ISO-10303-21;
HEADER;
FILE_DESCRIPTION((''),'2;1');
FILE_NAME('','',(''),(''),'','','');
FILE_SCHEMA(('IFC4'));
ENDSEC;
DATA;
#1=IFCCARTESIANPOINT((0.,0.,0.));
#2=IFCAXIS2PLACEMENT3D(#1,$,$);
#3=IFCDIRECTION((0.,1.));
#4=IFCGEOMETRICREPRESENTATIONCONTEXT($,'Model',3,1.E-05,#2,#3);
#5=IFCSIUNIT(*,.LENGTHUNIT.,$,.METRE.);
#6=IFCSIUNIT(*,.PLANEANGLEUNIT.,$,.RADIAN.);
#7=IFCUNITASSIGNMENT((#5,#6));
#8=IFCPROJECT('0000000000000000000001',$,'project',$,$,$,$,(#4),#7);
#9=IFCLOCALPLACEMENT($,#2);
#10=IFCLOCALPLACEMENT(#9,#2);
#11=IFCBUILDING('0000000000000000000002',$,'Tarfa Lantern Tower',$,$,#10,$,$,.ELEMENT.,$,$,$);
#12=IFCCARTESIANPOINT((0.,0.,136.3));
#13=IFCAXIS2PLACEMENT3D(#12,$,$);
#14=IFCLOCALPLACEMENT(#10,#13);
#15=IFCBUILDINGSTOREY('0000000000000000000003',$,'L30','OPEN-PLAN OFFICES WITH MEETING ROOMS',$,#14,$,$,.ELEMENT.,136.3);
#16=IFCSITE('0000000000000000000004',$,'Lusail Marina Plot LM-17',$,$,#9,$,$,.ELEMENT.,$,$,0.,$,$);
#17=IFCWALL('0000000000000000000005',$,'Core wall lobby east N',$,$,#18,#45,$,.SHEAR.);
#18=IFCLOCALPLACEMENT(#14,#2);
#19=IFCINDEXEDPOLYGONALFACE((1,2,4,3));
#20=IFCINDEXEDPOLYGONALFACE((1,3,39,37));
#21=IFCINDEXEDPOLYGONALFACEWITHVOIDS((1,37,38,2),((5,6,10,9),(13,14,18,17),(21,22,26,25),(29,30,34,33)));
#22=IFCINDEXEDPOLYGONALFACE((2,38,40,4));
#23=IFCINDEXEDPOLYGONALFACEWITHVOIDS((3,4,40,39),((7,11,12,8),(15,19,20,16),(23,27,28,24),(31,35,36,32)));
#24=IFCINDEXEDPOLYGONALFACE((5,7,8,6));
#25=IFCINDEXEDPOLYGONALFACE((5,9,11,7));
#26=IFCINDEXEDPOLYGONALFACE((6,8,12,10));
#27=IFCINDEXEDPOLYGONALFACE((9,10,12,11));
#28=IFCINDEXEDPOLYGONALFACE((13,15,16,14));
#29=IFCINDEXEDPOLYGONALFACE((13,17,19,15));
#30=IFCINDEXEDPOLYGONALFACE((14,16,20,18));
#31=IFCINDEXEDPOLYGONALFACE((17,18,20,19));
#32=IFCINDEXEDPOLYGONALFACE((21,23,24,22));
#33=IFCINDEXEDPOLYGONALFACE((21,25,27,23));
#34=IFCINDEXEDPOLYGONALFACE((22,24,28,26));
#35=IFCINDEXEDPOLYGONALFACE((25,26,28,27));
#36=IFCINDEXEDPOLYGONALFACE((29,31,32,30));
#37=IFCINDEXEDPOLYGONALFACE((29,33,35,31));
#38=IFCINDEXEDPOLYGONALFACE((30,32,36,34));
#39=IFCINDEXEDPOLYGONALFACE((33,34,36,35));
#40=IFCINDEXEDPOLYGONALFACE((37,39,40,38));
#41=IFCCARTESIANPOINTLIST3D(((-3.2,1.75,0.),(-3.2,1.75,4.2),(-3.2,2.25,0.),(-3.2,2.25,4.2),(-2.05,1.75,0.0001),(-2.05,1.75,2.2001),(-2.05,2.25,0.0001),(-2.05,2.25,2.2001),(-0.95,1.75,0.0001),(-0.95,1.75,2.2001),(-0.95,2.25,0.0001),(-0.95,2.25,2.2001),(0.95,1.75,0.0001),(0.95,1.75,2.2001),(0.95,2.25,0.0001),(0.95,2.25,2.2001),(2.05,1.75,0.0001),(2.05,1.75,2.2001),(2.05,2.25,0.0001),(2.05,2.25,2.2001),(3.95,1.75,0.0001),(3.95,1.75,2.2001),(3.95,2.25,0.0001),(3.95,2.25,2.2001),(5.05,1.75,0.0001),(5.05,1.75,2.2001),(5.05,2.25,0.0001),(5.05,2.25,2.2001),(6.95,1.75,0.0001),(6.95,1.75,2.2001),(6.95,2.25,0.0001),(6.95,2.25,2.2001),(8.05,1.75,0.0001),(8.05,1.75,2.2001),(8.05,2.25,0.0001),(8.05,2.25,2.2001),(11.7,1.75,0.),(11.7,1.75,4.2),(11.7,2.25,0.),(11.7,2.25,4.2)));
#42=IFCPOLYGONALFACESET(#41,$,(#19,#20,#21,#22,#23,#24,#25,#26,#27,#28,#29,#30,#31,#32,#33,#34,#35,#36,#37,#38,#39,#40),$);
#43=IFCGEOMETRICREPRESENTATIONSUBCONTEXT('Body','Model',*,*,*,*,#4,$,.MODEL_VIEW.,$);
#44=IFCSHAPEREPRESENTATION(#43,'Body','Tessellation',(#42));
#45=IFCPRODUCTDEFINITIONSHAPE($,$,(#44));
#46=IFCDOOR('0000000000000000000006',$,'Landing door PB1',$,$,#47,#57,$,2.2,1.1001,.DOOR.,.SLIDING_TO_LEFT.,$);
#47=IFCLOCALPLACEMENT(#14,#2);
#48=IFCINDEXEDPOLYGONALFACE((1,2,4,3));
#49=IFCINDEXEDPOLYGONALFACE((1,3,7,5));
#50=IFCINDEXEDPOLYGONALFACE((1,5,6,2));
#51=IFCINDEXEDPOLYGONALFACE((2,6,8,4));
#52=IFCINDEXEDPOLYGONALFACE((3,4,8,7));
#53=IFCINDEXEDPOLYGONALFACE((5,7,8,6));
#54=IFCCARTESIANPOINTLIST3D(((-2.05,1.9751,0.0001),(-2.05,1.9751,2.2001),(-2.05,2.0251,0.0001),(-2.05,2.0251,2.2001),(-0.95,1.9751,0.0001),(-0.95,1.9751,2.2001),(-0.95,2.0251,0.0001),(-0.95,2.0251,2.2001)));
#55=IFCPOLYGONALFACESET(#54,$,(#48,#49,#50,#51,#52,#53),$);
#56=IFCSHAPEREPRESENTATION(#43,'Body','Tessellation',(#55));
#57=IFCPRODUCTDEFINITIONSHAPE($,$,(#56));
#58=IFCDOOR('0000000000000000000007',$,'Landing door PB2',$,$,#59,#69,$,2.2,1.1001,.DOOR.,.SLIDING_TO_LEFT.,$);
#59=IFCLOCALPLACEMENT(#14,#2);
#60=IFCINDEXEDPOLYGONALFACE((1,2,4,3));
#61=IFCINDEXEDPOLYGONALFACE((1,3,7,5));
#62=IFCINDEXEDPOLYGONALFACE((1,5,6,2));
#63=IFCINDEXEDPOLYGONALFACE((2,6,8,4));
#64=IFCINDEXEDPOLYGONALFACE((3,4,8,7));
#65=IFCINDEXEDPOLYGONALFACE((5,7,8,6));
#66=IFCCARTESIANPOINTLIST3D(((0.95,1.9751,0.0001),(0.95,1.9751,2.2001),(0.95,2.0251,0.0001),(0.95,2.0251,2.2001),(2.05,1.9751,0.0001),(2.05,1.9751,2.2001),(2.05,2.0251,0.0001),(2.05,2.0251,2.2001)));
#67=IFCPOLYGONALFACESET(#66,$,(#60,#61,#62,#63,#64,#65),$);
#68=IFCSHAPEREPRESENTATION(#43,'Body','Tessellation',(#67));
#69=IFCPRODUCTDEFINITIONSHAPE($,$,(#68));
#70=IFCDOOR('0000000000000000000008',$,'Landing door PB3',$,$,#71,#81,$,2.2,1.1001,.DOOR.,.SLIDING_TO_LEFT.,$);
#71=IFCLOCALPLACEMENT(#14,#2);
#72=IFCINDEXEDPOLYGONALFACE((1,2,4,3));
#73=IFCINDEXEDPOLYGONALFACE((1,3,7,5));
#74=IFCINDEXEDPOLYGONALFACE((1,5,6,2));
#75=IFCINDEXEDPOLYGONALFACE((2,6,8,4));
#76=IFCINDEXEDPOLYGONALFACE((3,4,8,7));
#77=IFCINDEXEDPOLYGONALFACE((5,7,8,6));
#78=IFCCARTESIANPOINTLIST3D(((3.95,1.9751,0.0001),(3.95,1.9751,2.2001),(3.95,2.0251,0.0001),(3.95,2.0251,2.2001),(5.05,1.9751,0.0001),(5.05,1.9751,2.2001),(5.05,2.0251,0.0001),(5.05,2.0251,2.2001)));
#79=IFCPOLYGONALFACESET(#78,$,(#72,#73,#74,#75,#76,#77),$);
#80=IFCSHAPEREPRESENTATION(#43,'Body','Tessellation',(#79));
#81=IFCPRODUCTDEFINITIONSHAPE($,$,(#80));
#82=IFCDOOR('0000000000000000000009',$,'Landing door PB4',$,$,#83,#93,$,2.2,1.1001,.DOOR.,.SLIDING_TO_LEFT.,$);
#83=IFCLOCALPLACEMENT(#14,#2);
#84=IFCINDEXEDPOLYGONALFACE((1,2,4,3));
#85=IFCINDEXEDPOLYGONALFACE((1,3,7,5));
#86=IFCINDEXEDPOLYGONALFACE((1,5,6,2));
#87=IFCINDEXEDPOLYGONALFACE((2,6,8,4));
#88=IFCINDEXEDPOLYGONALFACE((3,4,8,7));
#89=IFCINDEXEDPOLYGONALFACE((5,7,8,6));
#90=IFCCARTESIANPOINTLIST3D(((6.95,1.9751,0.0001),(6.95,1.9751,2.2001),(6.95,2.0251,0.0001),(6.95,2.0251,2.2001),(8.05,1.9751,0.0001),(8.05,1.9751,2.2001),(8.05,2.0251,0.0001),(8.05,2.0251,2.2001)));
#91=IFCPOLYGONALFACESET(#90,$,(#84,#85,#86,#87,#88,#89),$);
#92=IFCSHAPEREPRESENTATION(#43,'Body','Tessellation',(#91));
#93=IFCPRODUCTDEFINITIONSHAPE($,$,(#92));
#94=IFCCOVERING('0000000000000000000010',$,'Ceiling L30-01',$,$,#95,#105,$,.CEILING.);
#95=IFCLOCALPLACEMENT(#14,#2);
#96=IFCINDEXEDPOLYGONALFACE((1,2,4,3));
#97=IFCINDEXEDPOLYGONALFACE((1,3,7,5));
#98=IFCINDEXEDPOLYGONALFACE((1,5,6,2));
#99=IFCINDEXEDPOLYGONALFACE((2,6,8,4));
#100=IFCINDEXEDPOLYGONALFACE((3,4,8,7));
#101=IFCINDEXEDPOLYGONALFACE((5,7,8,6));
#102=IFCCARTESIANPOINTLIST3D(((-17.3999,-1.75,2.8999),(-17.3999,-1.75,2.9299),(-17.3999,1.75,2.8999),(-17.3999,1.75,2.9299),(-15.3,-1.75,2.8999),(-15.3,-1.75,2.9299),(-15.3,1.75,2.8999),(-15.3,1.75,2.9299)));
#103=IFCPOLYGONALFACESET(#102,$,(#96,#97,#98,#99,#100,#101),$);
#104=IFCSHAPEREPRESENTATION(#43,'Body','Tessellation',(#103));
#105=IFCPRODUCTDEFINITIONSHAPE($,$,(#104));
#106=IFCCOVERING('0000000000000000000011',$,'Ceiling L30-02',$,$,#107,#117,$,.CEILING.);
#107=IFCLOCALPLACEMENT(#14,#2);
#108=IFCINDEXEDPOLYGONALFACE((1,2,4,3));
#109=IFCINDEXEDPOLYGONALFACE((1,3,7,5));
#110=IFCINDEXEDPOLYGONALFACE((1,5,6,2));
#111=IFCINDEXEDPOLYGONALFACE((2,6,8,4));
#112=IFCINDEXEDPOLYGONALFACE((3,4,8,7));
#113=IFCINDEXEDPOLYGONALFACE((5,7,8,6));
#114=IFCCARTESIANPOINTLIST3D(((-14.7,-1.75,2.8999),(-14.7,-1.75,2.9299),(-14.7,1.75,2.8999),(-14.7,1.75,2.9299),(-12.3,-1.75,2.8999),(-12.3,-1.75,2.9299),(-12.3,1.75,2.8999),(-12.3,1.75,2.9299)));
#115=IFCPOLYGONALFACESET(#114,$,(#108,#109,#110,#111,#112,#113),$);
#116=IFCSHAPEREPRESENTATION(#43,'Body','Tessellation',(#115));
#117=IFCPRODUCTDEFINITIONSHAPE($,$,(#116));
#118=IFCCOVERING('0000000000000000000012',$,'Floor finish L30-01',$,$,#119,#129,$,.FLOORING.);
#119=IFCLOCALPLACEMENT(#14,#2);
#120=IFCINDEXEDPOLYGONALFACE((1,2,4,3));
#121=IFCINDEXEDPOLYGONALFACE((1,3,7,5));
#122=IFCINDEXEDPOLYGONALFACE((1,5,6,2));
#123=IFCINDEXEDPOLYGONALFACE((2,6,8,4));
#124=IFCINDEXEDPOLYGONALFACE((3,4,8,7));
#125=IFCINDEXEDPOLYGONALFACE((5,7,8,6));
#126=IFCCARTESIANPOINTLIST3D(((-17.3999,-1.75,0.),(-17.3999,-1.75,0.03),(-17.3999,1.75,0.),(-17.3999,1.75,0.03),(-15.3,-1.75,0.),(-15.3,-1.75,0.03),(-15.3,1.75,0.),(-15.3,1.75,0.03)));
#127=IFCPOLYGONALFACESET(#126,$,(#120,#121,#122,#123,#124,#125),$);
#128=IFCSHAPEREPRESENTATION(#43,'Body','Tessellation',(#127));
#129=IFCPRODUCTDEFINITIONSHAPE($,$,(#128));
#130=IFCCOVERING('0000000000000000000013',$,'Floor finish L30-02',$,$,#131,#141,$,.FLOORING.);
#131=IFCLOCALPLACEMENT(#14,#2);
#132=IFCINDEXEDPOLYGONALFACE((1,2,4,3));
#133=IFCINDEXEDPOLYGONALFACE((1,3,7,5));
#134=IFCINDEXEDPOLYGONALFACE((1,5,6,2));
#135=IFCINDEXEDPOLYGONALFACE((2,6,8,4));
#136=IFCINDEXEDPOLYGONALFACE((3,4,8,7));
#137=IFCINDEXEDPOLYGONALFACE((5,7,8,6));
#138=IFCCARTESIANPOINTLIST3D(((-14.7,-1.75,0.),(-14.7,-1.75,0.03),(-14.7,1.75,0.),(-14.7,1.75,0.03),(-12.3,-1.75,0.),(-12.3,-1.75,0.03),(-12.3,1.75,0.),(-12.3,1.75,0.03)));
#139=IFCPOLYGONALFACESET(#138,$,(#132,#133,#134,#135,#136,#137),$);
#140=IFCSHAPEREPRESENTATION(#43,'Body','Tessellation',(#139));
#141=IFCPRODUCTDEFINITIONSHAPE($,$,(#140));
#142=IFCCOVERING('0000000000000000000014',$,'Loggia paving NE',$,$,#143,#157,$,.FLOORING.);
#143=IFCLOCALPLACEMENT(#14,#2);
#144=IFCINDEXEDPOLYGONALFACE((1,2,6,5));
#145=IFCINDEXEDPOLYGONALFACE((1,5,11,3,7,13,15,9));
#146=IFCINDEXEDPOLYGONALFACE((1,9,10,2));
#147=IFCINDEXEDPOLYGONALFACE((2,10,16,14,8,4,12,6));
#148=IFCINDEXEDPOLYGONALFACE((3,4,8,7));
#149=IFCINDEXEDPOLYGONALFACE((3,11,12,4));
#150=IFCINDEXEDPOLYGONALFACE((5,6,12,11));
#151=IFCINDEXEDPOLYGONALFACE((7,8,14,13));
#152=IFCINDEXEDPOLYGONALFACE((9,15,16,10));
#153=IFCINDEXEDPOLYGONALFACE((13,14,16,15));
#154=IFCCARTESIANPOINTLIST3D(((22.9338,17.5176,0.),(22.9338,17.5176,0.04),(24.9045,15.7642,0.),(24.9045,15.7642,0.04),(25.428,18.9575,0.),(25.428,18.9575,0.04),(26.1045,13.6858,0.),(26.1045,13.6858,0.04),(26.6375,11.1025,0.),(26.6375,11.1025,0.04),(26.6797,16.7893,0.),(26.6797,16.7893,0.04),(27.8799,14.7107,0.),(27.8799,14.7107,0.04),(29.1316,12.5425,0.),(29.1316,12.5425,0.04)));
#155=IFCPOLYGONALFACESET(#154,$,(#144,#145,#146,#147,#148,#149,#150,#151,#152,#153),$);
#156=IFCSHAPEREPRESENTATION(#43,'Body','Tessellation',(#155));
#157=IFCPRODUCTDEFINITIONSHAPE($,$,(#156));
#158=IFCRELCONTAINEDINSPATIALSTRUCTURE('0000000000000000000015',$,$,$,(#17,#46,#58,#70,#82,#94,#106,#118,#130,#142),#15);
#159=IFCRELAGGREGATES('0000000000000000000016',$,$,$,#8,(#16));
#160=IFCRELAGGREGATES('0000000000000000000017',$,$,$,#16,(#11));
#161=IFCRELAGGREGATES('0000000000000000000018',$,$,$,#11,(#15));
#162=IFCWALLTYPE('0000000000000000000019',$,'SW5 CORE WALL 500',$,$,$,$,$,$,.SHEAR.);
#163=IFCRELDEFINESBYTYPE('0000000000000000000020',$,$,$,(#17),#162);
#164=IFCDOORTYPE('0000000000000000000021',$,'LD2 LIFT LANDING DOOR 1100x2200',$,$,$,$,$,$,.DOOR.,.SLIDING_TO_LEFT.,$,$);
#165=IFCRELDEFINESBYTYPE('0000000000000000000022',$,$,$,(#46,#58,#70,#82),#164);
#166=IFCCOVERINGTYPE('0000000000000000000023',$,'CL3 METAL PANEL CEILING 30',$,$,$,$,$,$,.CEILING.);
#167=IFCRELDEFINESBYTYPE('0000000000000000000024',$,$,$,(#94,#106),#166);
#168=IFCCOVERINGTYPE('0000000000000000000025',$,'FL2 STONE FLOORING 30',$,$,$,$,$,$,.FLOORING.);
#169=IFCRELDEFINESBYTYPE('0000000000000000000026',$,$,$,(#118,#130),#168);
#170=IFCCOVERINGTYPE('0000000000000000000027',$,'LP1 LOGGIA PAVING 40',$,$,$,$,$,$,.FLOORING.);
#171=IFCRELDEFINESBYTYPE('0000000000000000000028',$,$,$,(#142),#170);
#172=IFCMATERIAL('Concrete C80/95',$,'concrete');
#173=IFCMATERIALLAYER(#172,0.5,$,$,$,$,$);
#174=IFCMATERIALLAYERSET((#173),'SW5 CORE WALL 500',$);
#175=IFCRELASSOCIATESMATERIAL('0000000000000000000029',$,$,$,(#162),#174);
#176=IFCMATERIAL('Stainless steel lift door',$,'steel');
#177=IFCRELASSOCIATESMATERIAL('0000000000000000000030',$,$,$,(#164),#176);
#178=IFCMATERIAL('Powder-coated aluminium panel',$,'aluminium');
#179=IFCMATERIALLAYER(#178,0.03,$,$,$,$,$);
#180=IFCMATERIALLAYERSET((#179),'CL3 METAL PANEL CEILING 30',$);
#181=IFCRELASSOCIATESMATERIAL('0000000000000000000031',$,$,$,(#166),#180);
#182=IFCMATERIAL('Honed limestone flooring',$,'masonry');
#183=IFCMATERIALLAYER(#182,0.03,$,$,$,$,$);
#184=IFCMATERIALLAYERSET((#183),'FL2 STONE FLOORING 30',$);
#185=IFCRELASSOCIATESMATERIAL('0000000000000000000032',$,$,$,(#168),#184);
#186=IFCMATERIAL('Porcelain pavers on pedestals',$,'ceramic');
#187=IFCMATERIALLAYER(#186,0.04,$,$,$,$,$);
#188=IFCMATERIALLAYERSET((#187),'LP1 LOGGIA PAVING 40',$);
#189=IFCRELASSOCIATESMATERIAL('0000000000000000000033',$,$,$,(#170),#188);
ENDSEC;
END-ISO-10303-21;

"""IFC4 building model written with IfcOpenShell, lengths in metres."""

from ifc_helpers import new_model, si_unit, direction, frame, frame_2d, origin, place, context, subcontext, project, spatial, polyline, rectangle, outline, extrude, material, layer, layer_set, type_object, element, fill, save


model = new_model("IFC4")

# Units and contexts
model_context = context("Model", 3, precision=1e-05, world=origin(), true_north=direction((0.0, 1.0)))
body_context = subcontext(model_context, "Body", "Model", "MODEL_VIEW")
ifc_project = project(units=[si_unit("LENGTHUNIT", "METRE"), si_unit("PLANEANGLEUNIT", "RADIAN")], contexts=[model_context])

# Site, building, storey
site_placement = place(None, origin())
site = spatial("IfcSite", under=ifc_project, at=site_placement, Name="Lusail Marina Plot LM-17", CompositionType="ELEMENT", RefElevation=0.0)
building_placement = place(site_placement, origin())
building = spatial("IfcBuilding", under=site, at=building_placement, Name="Tarfa Lantern Tower", CompositionType="ELEMENT")
storey_placement = place(building_placement, frame((0.0, 0.0, 136.3)))
storey = spatial("IfcBuildingStorey", under=building, at=storey_placement, Name="L30", Description="OPEN-PLAN OFFICES WITH MEETING ROOMS", CompositionType="ELEMENT", Elevation=136.3)

# Wall, openings, doors
ifc_material_1 = material(Name="Concrete C80/95", Category="concrete")
ifc_layer_1 = layer(ifc_material_1, 0.5)
ifc_layer_set_1 = layer_set([ifc_layer_1], Name="SW5 CORE WALL 500")
wall_type_1 = type_object("IfcWallType", Name="SW5 CORE WALL 500", PredefinedType="SHEAR", material=ifc_layer_set_1)
wall_1_placement = place(storey_placement, frame((-3.2, 2.0, 0.0), z_axis=(0.0, 0.0, 1.0), x_axis=(1.0, 0.0, 0.0)))
wall_1 = element("IfcWall", 1, at=wall_1_placement, inside=storey, type_object=wall_type_1, Name="Core wall lobby east N", PredefinedType="SHEAR", context=body_context, shape_type="SweptSolid", body=[
    extrude(rectangle(XDim=14.8999, YDim=0.5, at=frame_2d((7.45, 0.0))), origin(), (0.0, 0.0, 1.0), 4.2),
])
opening_1_placement = place(wall_1_placement, frame((1.1499, 0.0, 0.0)))
opening_1 = element("IfcOpeningElement", 2, at=opening_1_placement, cuts=wall_1, PredefinedType="OPENING", context=body_context, shape_type="SweptSolid", body=[
    extrude(rectangle(XDim=1.1001, YDim=2.2, at=frame_2d((0.55, 1.1001))), frame((0.0, 0.26, 0.0), z_axis=(0.0, -1.0, 0.0), x_axis=(1.0, 0.0, 0.0)), (0.0, 0.0, 1.0), 0.52),
])
opening_2_placement = place(wall_1_placement, frame((4.1499, 0.0, 0.0)))
opening_2 = element("IfcOpeningElement", 3, at=opening_2_placement, cuts=wall_1, PredefinedType="OPENING", context=body_context, shape_type="SweptSolid", body=[
    extrude(rectangle(XDim=1.1001, YDim=2.2, at=frame_2d((0.55, 1.1001))), frame((0.0, 0.26, 0.0), z_axis=(0.0, -1.0, 0.0), x_axis=(1.0, 0.0, 0.0)), (0.0, 0.0, 1.0), 0.52),
])
opening_3_placement = place(wall_1_placement, frame((7.1499, 0.0, 0.0)))
opening_3 = element("IfcOpeningElement", 4, at=opening_3_placement, cuts=wall_1, PredefinedType="OPENING", context=body_context, shape_type="SweptSolid", body=[
    extrude(rectangle(XDim=1.1001, YDim=2.2, at=frame_2d((0.55, 1.1001))), frame((0.0, 0.26, 0.0), z_axis=(0.0, -1.0, 0.0), x_axis=(1.0, 0.0, 0.0)), (0.0, 0.0, 1.0), 0.52),
])
opening_4_placement = place(wall_1_placement, frame((10.1499, 0.0, 0.0)))
opening_4 = element("IfcOpeningElement", 5, at=opening_4_placement, cuts=wall_1, PredefinedType="OPENING", context=body_context, shape_type="SweptSolid", body=[
    extrude(rectangle(XDim=1.1001, YDim=2.2, at=frame_2d((0.55, 1.1001))), frame((0.0, 0.26, 0.0), z_axis=(0.0, -1.0, 0.0), x_axis=(1.0, 0.0, 0.0)), (0.0, 0.0, 1.0), 0.52),
])
ifc_material_2 = material(Name="Stainless steel lift door", Category="steel")
door_type = type_object("IfcDoorType", Name="LD2 LIFT LANDING DOOR 1100x2200", OperationType="SLIDING_TO_LEFT", PredefinedType="DOOR", material=ifc_material_2)
door_1_placement = place(opening_1_placement, frame((1.1001, 0.0, 0.0), z_axis=(0.0, 0.0, 1.0), x_axis=(-1.0, 0.0, 0.0)))
door_1 = element("IfcDoor", 6, at=door_1_placement, inside=storey, type_object=door_type, Name="Landing door PB1", OperationType="SLIDING_TO_LEFT", OverallHeight=2.2, OverallWidth=1.1001, PredefinedType="DOOR", context=body_context, shape_type="SweptSolid", body=[
    extrude(rectangle(XDim=1.1001, YDim=2.2, at=frame_2d((0.55, 1.1001))), frame((0.0, 0.0249, 0.0), z_axis=(0.0, -1.0, 0.0), x_axis=(1.0, 0.0, 0.0)), (0.0, 0.0, 1.0), 0.05),
])
fill(opening_1, door_1)
door_2_placement = place(opening_2_placement, frame((1.1001, 0.0, 0.0), z_axis=(0.0, 0.0, 1.0), x_axis=(-1.0, 0.0, 0.0)))
door_2 = element("IfcDoor", 7, at=door_2_placement, inside=storey, type_object=door_type, Name="Landing door PB2", OperationType="SLIDING_TO_LEFT", OverallHeight=2.2, OverallWidth=1.1001, PredefinedType="DOOR", context=body_context, shape_type="SweptSolid", body=[
    extrude(rectangle(XDim=1.1001, YDim=2.2, at=frame_2d((0.55, 1.1001))), frame((0.0, 0.0249, 0.0), z_axis=(0.0, -1.0, 0.0), x_axis=(1.0, 0.0, 0.0)), (0.0, 0.0, 1.0), 0.05),
])
fill(opening_2, door_2)
door_3_placement = place(opening_3_placement, frame((1.1001, 0.0, 0.0), z_axis=(0.0, 0.0, 1.0), x_axis=(-1.0, 0.0, 0.0)))
door_3 = element("IfcDoor", 8, at=door_3_placement, inside=storey, type_object=door_type, Name="Landing door PB3", OperationType="SLIDING_TO_LEFT", OverallHeight=2.2, OverallWidth=1.1001, PredefinedType="DOOR", context=body_context, shape_type="SweptSolid", body=[
    extrude(rectangle(XDim=1.1001, YDim=2.2, at=frame_2d((0.55, 1.1001))), frame((0.0, 0.0249, 0.0), z_axis=(0.0, -1.0, 0.0), x_axis=(1.0, 0.0, 0.0)), (0.0, 0.0, 1.0), 0.05),
])
fill(opening_3, door_3)
door_4_placement = place(opening_4_placement, frame((1.1001, 0.0, 0.0), z_axis=(0.0, 0.0, 1.0), x_axis=(-1.0, 0.0, 0.0)))
door_4 = element("IfcDoor", 9, at=door_4_placement, inside=storey, type_object=door_type, Name="Landing door PB4", OperationType="SLIDING_TO_LEFT", OverallHeight=2.2, OverallWidth=1.1001, PredefinedType="DOOR", context=body_context, shape_type="SweptSolid", body=[
    extrude(rectangle(XDim=1.1001, YDim=2.2, at=frame_2d((0.55, 1.1001))), frame((0.0, 0.0249, 0.0), z_axis=(0.0, -1.0, 0.0), x_axis=(1.0, 0.0, 0.0)), (0.0, 0.0, 1.0), 0.05),
])
fill(opening_4, door_4)

# Coverings
ifc_material_3 = material(Name="Powder-coated aluminium panel", Category="aluminium")
ifc_layer_2 = layer(ifc_material_3, 0.03)
ifc_layer_set_2 = layer_set([ifc_layer_2], Name="CL3 METAL PANEL CEILING 30")
covering_type_1 = type_object("IfcCoveringType", Name="CL3 METAL PANEL CEILING 30", PredefinedType="CEILING", material=ifc_layer_set_2)
covering_1_placement = place(storey_placement, frame((0.0, 0.0, 2.8999)))
element("IfcCovering", 10, at=covering_1_placement, inside=storey, type_object=covering_type_1, Name="Ceiling L30-01", PredefinedType="CEILING", context=body_context, shape_type="SweptSolid", body=[
    extrude(outline(polyline([(-17.3999, -1.75), (-15.3, -1.75), (-15.3, 1.75), (-17.3999, 1.75), (-17.3999, -1.75)])), origin(), (0.0, 0.0, 1.0), 0.03),
])
covering_2_placement = place(storey_placement, frame((0.0, 0.0, 2.8999)))
element("IfcCovering", 11, at=covering_2_placement, inside=storey, type_object=covering_type_1, Name="Ceiling L30-02", PredefinedType="CEILING", context=body_context, shape_type="SweptSolid", body=[
    extrude(outline(polyline([(-14.7, -1.75), (-12.3, -1.75), (-12.3, 1.75), (-14.7, 1.75), (-14.7, -1.75)])), origin(), (0.0, 0.0, 1.0), 0.03),
])
ifc_material_4 = material(Name="Honed limestone flooring", Category="masonry")
ifc_layer_3 = layer(ifc_material_4, 0.03)
ifc_layer_set_3 = layer_set([ifc_layer_3], Name="FL2 STONE FLOORING 30")
covering_type_2 = type_object("IfcCoveringType", Name="FL2 STONE FLOORING 30", PredefinedType="FLOORING", material=ifc_layer_set_3)
covering_3_placement = place(storey_placement, origin())
element("IfcCovering", 12, at=covering_3_placement, inside=storey, type_object=covering_type_2, Name="Floor finish L30-01", PredefinedType="FLOORING", context=body_context, shape_type="SweptSolid", body=[
    extrude(outline(polyline([(-17.3999, -1.75), (-15.3, -1.75), (-15.3, 1.75), (-17.3999, 1.75), (-17.3999, -1.75)])), origin(), (0.0, 0.0, 1.0), 0.03),
])
covering_4_placement = place(storey_placement, origin())
element("IfcCovering", 13, at=covering_4_placement, inside=storey, type_object=covering_type_2, Name="Floor finish L30-02", PredefinedType="FLOORING", context=body_context, shape_type="SweptSolid", body=[
    extrude(outline(polyline([(-14.7, -1.75), (-12.3, -1.75), (-12.3, 1.75), (-14.7, 1.75), (-14.7, -1.75)])), origin(), (0.0, 0.0, 1.0), 0.03),
])
ifc_material_5 = material(Name="Porcelain pavers on pedestals", Category="ceramic")
ifc_layer_4 = layer(ifc_material_5, 0.04)
ifc_layer_set_4 = layer_set([ifc_layer_4], Name="LP1 LOGGIA PAVING 40")
covering_type_3 = type_object("IfcCoveringType", Name="LP1 LOGGIA PAVING 40", PredefinedType="FLOORING", material=ifc_layer_set_4)
covering_5_placement = place(storey_placement, origin())
element("IfcCovering", 14, at=covering_5_placement, inside=storey, type_object=covering_type_3, Name="Loggia paving NE", PredefinedType="FLOORING", context=body_context, shape_type="SweptSolid", body=[
    extrude(outline(polyline([(29.1316, 12.5425), (26.6375, 11.1025), (22.9338, 17.5176), (25.428, 18.9575), (26.6797, 16.7893), (24.9045, 15.7642), (26.1045, 13.6858), (27.8799, 14.7107), (29.1316, 12.5425)])), origin(), (0.0, 0.0, 1.0), 0.04),
])

save(model, "model.ifc")
